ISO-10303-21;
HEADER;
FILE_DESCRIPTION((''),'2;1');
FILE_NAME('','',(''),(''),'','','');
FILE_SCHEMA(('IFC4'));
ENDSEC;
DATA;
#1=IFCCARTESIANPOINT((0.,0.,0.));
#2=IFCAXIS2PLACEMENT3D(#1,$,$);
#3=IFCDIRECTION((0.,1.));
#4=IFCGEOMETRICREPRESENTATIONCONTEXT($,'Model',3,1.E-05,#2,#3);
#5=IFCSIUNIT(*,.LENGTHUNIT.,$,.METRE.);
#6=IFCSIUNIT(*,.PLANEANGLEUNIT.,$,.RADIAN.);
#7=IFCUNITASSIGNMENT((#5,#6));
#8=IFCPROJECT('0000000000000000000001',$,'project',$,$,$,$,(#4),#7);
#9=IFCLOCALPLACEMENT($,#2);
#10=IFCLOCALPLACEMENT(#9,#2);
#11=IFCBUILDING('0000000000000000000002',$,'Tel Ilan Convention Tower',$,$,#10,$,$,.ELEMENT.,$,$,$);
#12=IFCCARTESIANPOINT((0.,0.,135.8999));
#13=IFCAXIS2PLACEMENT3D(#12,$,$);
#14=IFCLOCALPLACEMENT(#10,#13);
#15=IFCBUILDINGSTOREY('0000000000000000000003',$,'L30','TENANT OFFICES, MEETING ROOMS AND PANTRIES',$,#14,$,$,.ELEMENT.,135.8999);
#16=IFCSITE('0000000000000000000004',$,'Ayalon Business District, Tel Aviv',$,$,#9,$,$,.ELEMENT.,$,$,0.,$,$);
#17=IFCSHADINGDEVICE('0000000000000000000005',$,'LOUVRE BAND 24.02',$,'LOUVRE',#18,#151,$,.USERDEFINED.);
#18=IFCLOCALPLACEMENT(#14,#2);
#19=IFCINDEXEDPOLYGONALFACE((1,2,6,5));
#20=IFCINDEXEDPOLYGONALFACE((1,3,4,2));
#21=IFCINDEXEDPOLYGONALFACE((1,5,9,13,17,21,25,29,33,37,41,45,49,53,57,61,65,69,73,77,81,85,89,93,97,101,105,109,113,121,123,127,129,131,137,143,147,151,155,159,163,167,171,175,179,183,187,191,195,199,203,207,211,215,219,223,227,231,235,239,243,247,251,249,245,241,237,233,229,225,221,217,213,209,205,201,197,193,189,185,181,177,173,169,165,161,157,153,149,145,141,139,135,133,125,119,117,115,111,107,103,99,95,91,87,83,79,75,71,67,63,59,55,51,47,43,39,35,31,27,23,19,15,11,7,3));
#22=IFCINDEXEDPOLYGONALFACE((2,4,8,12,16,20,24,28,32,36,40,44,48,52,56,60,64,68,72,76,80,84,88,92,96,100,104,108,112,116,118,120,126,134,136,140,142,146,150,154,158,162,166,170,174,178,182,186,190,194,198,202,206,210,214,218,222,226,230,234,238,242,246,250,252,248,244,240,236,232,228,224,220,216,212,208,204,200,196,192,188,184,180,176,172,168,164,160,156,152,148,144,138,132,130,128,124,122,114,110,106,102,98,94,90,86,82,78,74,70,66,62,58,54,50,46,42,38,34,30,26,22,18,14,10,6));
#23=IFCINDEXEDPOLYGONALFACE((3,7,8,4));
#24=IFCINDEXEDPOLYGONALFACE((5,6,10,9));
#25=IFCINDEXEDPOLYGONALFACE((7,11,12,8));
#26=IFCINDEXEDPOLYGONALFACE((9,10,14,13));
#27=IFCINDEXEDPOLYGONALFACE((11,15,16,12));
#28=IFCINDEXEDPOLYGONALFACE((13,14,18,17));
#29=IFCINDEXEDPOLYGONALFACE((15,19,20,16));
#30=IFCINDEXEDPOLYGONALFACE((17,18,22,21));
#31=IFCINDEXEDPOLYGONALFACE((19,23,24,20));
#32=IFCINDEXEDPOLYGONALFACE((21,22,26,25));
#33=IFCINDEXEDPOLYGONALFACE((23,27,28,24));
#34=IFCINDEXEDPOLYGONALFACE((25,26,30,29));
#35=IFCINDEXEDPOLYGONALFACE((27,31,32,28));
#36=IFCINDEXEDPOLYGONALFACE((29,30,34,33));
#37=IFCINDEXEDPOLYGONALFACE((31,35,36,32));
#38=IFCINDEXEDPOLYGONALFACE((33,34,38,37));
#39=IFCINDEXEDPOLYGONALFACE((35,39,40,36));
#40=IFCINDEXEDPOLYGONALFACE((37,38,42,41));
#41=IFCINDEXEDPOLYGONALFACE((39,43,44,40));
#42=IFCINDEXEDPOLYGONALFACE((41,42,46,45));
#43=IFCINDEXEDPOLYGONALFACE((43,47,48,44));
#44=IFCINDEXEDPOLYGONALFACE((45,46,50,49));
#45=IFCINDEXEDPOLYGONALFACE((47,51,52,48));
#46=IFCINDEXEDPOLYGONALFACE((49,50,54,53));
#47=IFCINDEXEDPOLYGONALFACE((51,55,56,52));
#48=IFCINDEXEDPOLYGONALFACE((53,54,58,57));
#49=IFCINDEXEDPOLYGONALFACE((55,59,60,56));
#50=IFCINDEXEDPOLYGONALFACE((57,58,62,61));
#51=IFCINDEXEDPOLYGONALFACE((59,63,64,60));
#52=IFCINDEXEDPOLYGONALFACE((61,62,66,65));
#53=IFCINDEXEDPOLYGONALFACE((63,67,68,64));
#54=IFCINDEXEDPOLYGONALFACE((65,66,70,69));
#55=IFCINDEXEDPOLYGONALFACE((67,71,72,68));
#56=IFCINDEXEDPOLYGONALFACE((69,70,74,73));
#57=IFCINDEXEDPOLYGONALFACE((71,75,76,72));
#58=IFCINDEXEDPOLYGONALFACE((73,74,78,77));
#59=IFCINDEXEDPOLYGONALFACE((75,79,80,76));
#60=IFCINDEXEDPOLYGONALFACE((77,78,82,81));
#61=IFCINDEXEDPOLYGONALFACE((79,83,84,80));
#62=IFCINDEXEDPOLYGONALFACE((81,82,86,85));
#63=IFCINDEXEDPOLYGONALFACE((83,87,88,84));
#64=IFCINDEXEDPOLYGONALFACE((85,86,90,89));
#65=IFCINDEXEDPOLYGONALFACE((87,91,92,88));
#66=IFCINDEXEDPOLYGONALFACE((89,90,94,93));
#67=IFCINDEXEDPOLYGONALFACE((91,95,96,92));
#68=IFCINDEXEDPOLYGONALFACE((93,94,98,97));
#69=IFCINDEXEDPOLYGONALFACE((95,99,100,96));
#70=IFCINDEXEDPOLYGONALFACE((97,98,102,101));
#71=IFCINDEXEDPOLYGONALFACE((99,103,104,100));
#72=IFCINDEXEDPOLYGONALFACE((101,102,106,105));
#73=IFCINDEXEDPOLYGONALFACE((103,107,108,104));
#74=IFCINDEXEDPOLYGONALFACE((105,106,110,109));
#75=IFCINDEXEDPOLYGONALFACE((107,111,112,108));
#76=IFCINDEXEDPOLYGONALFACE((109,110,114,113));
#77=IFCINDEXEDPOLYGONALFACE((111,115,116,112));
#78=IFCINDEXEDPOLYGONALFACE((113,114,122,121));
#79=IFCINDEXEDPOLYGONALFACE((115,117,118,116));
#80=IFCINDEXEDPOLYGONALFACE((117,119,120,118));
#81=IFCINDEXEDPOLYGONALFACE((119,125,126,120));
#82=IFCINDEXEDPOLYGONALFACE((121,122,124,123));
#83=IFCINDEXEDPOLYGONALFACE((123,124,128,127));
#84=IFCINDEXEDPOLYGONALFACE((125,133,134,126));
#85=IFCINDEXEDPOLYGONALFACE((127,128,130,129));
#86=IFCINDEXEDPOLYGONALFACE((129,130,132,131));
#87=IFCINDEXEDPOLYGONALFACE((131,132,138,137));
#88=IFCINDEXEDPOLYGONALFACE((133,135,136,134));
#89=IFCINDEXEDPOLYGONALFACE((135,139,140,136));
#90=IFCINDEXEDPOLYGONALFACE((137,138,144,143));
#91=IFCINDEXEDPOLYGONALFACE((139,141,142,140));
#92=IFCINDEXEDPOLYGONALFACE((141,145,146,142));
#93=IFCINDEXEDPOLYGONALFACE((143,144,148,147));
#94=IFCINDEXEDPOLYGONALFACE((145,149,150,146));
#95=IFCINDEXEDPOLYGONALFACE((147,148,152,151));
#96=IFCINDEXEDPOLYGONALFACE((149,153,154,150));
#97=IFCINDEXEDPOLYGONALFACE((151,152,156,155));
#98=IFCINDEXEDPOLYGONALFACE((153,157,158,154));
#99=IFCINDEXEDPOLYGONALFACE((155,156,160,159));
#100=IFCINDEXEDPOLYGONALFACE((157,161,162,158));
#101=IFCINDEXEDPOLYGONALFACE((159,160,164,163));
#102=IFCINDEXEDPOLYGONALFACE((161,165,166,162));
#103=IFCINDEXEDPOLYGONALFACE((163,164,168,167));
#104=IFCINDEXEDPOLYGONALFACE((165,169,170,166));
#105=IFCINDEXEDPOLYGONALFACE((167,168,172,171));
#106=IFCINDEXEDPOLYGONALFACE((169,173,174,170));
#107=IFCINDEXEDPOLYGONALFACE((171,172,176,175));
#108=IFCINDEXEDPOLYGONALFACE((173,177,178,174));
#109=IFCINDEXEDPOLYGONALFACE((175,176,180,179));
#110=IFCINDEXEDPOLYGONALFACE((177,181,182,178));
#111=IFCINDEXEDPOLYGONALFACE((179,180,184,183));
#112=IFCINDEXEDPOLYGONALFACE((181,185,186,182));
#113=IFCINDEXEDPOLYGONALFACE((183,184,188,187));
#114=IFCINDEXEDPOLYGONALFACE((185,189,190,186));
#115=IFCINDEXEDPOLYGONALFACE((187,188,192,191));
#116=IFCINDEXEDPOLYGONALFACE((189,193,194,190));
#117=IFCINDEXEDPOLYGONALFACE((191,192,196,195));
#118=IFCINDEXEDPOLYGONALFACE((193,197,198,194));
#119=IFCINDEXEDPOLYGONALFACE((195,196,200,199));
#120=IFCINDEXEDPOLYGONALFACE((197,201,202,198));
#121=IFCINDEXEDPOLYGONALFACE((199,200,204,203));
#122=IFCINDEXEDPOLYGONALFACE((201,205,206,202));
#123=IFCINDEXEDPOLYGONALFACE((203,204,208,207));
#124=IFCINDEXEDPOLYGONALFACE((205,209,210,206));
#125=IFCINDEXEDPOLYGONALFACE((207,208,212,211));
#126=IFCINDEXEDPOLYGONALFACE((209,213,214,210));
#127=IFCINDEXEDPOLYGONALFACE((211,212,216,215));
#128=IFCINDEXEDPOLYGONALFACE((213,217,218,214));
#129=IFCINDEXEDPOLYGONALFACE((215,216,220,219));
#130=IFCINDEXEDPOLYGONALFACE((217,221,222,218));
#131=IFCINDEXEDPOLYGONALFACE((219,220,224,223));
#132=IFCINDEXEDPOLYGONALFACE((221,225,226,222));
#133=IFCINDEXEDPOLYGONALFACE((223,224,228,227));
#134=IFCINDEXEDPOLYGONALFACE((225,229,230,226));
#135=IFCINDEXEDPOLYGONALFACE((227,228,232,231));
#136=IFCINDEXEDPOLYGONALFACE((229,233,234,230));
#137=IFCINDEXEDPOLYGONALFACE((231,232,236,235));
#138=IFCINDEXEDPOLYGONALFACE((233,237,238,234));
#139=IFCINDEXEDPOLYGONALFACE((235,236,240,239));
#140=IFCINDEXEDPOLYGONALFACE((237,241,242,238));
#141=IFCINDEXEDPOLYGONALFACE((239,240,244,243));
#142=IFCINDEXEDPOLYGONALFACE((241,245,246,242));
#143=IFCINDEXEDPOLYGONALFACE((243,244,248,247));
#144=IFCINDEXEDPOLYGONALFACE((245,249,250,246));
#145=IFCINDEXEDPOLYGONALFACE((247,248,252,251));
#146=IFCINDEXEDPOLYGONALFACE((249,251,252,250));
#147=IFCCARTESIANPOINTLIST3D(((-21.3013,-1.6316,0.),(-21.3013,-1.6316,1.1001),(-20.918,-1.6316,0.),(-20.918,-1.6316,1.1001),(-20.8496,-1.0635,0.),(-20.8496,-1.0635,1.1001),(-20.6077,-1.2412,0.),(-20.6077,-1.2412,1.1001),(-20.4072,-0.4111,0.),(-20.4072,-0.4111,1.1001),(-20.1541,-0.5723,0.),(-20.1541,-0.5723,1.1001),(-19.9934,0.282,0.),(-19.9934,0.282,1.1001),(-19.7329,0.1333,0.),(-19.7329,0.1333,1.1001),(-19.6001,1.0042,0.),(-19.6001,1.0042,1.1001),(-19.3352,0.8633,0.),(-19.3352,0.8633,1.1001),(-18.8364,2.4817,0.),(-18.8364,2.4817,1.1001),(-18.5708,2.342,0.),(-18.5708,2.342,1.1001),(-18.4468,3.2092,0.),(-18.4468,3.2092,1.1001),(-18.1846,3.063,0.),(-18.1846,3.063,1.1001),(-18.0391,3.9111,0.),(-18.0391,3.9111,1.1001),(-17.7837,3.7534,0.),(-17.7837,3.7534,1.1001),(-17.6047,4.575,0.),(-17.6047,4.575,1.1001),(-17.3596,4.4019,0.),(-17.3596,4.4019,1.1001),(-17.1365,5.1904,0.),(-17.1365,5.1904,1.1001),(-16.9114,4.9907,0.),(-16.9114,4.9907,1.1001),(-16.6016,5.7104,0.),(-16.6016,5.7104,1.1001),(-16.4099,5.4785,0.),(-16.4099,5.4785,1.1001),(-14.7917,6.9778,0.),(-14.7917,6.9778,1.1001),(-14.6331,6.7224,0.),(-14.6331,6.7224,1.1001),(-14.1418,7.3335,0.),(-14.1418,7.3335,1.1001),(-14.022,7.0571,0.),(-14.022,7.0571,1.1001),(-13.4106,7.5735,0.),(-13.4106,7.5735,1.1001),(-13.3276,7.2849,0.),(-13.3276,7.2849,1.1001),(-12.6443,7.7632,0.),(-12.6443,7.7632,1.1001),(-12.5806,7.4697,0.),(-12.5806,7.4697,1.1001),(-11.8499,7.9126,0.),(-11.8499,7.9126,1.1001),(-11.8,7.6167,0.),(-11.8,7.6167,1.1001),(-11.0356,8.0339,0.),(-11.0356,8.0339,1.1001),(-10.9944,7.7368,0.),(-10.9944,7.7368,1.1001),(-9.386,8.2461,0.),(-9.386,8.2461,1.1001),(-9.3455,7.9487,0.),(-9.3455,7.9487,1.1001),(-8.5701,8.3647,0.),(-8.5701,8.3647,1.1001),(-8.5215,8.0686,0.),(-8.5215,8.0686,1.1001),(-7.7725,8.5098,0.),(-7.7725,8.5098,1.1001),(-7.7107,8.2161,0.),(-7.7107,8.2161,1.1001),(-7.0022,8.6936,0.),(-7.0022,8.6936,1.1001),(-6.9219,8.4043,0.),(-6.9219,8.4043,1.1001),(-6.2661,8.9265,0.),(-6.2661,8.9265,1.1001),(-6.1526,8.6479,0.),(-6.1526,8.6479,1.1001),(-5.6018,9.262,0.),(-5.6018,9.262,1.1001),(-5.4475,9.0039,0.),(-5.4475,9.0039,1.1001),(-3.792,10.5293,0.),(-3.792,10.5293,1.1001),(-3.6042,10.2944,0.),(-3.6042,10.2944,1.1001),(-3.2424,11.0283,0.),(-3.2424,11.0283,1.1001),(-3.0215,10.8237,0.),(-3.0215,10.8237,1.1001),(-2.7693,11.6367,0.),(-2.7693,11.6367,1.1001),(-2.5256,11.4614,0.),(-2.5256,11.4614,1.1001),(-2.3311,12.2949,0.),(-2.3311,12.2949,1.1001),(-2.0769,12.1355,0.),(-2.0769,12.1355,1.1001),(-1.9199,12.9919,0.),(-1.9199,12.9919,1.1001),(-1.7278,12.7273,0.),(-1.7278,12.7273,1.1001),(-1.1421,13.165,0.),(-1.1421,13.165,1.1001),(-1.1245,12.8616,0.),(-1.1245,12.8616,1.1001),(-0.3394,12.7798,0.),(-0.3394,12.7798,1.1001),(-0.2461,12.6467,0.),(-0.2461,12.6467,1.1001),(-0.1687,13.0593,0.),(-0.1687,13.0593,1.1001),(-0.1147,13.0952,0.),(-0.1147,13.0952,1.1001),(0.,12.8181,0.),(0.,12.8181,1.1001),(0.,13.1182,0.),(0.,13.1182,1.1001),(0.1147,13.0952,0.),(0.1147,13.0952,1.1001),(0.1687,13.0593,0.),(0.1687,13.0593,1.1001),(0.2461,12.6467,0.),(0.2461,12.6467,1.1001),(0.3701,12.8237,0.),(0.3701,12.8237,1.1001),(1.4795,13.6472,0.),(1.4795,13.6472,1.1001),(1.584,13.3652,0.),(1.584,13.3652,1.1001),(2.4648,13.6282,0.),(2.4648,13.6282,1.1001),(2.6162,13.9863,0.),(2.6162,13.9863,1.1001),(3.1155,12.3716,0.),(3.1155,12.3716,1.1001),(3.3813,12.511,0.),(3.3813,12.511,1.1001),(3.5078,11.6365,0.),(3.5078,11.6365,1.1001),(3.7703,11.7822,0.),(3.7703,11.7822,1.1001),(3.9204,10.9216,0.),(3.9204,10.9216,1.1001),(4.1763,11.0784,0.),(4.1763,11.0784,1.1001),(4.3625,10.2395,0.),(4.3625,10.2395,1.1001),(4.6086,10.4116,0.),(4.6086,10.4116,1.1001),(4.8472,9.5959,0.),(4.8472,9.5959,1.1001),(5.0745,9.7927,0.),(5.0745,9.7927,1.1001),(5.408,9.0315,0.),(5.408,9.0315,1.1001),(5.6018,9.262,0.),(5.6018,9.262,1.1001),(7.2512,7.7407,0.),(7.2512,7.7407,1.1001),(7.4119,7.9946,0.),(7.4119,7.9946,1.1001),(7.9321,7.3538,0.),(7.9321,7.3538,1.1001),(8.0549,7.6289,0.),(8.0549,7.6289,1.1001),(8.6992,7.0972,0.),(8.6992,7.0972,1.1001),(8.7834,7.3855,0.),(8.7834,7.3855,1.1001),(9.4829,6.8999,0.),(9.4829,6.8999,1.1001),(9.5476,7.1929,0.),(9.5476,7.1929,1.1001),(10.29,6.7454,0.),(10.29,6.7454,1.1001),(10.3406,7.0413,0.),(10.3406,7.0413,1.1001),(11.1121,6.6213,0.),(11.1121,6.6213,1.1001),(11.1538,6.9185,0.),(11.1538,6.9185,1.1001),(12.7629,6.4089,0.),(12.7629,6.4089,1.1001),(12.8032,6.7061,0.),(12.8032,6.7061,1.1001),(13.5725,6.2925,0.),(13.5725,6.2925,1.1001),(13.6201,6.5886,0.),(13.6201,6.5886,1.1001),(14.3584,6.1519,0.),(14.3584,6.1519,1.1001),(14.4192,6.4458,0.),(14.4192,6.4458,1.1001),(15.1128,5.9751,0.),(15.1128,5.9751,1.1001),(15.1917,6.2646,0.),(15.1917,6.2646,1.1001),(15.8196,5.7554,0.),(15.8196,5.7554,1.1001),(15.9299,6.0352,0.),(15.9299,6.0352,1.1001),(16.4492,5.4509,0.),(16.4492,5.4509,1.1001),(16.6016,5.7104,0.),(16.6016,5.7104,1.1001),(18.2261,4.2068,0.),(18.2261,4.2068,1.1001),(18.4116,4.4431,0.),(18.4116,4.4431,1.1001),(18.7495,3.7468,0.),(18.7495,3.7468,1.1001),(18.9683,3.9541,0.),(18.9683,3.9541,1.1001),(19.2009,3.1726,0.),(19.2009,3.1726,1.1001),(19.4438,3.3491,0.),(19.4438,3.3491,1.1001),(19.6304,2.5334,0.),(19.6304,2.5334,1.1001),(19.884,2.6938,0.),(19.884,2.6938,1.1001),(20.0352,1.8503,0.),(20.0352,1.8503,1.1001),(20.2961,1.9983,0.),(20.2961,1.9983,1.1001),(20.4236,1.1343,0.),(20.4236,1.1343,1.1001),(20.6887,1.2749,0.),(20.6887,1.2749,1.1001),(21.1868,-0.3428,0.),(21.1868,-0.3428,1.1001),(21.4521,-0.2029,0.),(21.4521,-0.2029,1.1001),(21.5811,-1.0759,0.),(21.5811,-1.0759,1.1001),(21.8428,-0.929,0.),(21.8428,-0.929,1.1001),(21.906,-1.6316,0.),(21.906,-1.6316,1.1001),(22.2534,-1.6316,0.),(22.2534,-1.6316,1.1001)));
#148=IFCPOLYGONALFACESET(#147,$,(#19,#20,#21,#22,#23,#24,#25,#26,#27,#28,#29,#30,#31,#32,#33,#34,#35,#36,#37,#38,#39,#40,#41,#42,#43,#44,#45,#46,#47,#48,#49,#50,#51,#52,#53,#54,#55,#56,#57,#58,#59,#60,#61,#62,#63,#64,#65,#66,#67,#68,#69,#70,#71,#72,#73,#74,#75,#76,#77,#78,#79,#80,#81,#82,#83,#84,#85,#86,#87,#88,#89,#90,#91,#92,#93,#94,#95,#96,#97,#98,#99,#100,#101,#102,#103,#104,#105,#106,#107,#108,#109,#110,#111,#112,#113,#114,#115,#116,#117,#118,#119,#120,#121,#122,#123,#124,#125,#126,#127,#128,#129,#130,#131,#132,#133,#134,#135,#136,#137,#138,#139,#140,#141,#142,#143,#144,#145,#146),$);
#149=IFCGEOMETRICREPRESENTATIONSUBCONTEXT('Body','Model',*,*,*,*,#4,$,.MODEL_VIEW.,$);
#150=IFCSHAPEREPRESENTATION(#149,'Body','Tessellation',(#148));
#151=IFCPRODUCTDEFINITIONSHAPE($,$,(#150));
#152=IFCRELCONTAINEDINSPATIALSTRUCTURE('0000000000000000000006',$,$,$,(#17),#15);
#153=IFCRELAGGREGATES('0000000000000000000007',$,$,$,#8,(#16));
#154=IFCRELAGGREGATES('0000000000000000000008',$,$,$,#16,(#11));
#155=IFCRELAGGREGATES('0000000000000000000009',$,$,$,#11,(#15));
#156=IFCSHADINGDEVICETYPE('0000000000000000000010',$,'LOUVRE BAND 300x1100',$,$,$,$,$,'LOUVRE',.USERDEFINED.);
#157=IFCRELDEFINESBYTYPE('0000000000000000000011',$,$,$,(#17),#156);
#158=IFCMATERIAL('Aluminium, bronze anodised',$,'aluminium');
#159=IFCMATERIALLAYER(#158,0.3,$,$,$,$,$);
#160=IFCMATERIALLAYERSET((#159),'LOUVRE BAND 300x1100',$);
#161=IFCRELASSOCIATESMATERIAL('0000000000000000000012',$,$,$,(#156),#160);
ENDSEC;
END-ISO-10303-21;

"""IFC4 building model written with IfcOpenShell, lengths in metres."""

from ifc_helpers import new_model, si_unit, direction, frame, origin, place, context, subcontext, project, spatial, polyline, outline, extrude, material, layer, layer_set, type_object, element, save


model = new_model("IFC4")

# Units and contexts
model_context = context("Model", 3, precision=1e-05, world=origin(), true_north=direction((0.0, 1.0)))
body_context = subcontext(model_context, "Body", "Model", "MODEL_VIEW")
ifc_project = project(units=[si_unit("LENGTHUNIT", "METRE"), si_unit("PLANEANGLEUNIT", "RADIAN")], contexts=[model_context])

# Site, building, storey
site_placement = place(None, origin())
site = spatial("IfcSite", under=ifc_project, at=site_placement, Name="Ayalon Business District, Tel Aviv", CompositionType="ELEMENT", RefElevation=0.0)
building_placement = place(site_placement, origin())
building = spatial("IfcBuilding", under=site, at=building_placement, Name="Tel Ilan Convention Tower", CompositionType="ELEMENT")
storey_placement = place(building_placement, frame((0.0, 0.0, 135.8999)))
storey = spatial("IfcBuildingStorey", under=building, at=storey_placement, Name="L30", Description="TENANT OFFICES, MEETING ROOMS AND PANTRIES", CompositionType="ELEMENT", Elevation=135.8999)

# Shading device
ifc_material_1 = material(Name="Aluminium, bronze anodised", Category="aluminium")
ifc_layer_1 = layer(ifc_material_1, 0.3)
ifc_layer_set_1 = layer_set([ifc_layer_1], Name="LOUVRE BAND 300x1100")
shading_device_type_1 = type_object("IfcShadingDeviceType", Name="LOUVRE BAND 300x1100", ElementType="LOUVRE", PredefinedType="USERDEFINED", material=ifc_layer_set_1)
shading_device_1_placement = place(storey_placement, origin())
element("IfcShadingDevice", 1, at=shading_device_1_placement, inside=storey, type_object=shading_device_type_1, Name="LOUVRE BAND 24.02", ObjectType="LOUVRE", PredefinedType="USERDEFINED", context=body_context, shape_type="SweptSolid", body=[
    extrude(outline(polyline([(-20.8496, -1.0635), (-21.3013, -1.6316), (-20.918, -1.6316), (-20.6077, -1.2412), (-20.1541, -0.5723), (-19.7329, 0.1333), (-19.3352, 0.8633), (-18.5708, 2.342), (-18.1846, 3.063), (-17.7837, 3.7534), (-17.3596, 4.4019), (-16.9114, 4.9907), (-16.4099, 5.4785), (-14.6331, 6.7224), (-14.022, 7.0571), (-13.3276, 7.2849), (-12.5806, 7.4697), (-11.8, 7.6167), (-10.9944, 7.7368), (-9.3455, 7.9487), (-8.5215, 8.0686), (-7.7107, 8.2161), (-6.9219, 8.4043), (-6.1526, 8.6479), (-5.4475, 9.0039), (-3.6042, 10.2944), (-3.0215, 10.8237), (-2.5256, 11.4614), (-2.0769, 12.1355), (-1.7278, 12.7273), (-1.1245, 12.8616), (-0.3394, 12.7798), (-0.2461, 12.6467), (0.0, 12.8181), (0.2461, 12.6467), (0.3701, 12.8237), (1.584, 13.3652), (2.4648, 13.6282), (3.1155, 12.3716), (3.5078, 11.6365), (3.9204, 10.9216), (4.3625, 10.2395), (4.8472, 9.5959), (5.408, 9.0315), (7.2512, 7.7407), (7.9321, 7.3538), (8.6992, 7.0972), (9.4829, 6.8999), (10.29, 6.7454), (11.1121, 6.6213), (12.7629, 6.4089), (13.5725, 6.2925), (14.3584, 6.1519), (15.1128, 5.9751), (15.8196, 5.7554), (16.4492, 5.4509), (18.2261, 4.2068), (18.7495, 3.7468), (19.2009, 3.1726), (19.6304, 2.5334), (20.0352, 1.8503), (20.4236, 1.1343), (21.1868, -0.3428), (21.5811, -1.0759), (21.906, -1.6316), (22.2534, -1.6316), (21.8428, -0.929), (21.4521, -0.2029), (20.6887, 1.2749), (20.2961, 1.9983), (19.884, 2.6938), (19.4438, 3.3491), (18.9683, 3.9541), (18.4116, 4.4431), (16.6016, 5.7104), (15.9299, 6.0352), (15.1917, 6.2646), (14.4192, 6.4458), (13.6201, 6.5886), (12.8032, 6.7061), (11.1538, 6.9185), (10.3406, 7.0413), (9.5476, 7.1929), (8.7834, 7.3855), (8.0549, 7.6289), (7.4119, 7.9946), (5.6018, 9.262), (5.0745, 9.7927), (4.6086, 10.4116), (4.1763, 11.0784), (3.7703, 11.7822), (3.3813, 12.511), (2.6162, 13.9863), (1.4795, 13.6472), (0.1687, 13.0593), (0.1147, 13.0952), (0.0, 13.1182), (-0.1147, 13.0952), (-0.1687, 13.0593), (-1.1421, 13.165), (-1.9199, 12.9919), (-2.3311, 12.2949), (-2.7693, 11.6367), (-3.2424, 11.0283), (-3.792, 10.5293), (-5.6018, 9.262), (-6.2661, 8.9265), (-7.0022, 8.6936), (-7.7725, 8.5098), (-8.5701, 8.3647), (-9.386, 8.2461), (-11.0356, 8.0339), (-11.8499, 7.9126), (-12.6443, 7.7632), (-13.4106, 7.5735), (-14.1418, 7.3335), (-14.7917, 6.9778), (-16.6016, 5.7104), (-17.1365, 5.1904), (-17.6047, 4.575), (-18.0391, 3.9111), (-18.4468, 3.2092), (-18.8364, 2.4817), (-19.6001, 1.0042), (-19.9934, 0.282), (-20.4072, -0.4111), (-20.8496, -1.0635)])), origin(), (0.0, 0.0, 1.0), 1.1001),
])

save(model, "model.ifc")
